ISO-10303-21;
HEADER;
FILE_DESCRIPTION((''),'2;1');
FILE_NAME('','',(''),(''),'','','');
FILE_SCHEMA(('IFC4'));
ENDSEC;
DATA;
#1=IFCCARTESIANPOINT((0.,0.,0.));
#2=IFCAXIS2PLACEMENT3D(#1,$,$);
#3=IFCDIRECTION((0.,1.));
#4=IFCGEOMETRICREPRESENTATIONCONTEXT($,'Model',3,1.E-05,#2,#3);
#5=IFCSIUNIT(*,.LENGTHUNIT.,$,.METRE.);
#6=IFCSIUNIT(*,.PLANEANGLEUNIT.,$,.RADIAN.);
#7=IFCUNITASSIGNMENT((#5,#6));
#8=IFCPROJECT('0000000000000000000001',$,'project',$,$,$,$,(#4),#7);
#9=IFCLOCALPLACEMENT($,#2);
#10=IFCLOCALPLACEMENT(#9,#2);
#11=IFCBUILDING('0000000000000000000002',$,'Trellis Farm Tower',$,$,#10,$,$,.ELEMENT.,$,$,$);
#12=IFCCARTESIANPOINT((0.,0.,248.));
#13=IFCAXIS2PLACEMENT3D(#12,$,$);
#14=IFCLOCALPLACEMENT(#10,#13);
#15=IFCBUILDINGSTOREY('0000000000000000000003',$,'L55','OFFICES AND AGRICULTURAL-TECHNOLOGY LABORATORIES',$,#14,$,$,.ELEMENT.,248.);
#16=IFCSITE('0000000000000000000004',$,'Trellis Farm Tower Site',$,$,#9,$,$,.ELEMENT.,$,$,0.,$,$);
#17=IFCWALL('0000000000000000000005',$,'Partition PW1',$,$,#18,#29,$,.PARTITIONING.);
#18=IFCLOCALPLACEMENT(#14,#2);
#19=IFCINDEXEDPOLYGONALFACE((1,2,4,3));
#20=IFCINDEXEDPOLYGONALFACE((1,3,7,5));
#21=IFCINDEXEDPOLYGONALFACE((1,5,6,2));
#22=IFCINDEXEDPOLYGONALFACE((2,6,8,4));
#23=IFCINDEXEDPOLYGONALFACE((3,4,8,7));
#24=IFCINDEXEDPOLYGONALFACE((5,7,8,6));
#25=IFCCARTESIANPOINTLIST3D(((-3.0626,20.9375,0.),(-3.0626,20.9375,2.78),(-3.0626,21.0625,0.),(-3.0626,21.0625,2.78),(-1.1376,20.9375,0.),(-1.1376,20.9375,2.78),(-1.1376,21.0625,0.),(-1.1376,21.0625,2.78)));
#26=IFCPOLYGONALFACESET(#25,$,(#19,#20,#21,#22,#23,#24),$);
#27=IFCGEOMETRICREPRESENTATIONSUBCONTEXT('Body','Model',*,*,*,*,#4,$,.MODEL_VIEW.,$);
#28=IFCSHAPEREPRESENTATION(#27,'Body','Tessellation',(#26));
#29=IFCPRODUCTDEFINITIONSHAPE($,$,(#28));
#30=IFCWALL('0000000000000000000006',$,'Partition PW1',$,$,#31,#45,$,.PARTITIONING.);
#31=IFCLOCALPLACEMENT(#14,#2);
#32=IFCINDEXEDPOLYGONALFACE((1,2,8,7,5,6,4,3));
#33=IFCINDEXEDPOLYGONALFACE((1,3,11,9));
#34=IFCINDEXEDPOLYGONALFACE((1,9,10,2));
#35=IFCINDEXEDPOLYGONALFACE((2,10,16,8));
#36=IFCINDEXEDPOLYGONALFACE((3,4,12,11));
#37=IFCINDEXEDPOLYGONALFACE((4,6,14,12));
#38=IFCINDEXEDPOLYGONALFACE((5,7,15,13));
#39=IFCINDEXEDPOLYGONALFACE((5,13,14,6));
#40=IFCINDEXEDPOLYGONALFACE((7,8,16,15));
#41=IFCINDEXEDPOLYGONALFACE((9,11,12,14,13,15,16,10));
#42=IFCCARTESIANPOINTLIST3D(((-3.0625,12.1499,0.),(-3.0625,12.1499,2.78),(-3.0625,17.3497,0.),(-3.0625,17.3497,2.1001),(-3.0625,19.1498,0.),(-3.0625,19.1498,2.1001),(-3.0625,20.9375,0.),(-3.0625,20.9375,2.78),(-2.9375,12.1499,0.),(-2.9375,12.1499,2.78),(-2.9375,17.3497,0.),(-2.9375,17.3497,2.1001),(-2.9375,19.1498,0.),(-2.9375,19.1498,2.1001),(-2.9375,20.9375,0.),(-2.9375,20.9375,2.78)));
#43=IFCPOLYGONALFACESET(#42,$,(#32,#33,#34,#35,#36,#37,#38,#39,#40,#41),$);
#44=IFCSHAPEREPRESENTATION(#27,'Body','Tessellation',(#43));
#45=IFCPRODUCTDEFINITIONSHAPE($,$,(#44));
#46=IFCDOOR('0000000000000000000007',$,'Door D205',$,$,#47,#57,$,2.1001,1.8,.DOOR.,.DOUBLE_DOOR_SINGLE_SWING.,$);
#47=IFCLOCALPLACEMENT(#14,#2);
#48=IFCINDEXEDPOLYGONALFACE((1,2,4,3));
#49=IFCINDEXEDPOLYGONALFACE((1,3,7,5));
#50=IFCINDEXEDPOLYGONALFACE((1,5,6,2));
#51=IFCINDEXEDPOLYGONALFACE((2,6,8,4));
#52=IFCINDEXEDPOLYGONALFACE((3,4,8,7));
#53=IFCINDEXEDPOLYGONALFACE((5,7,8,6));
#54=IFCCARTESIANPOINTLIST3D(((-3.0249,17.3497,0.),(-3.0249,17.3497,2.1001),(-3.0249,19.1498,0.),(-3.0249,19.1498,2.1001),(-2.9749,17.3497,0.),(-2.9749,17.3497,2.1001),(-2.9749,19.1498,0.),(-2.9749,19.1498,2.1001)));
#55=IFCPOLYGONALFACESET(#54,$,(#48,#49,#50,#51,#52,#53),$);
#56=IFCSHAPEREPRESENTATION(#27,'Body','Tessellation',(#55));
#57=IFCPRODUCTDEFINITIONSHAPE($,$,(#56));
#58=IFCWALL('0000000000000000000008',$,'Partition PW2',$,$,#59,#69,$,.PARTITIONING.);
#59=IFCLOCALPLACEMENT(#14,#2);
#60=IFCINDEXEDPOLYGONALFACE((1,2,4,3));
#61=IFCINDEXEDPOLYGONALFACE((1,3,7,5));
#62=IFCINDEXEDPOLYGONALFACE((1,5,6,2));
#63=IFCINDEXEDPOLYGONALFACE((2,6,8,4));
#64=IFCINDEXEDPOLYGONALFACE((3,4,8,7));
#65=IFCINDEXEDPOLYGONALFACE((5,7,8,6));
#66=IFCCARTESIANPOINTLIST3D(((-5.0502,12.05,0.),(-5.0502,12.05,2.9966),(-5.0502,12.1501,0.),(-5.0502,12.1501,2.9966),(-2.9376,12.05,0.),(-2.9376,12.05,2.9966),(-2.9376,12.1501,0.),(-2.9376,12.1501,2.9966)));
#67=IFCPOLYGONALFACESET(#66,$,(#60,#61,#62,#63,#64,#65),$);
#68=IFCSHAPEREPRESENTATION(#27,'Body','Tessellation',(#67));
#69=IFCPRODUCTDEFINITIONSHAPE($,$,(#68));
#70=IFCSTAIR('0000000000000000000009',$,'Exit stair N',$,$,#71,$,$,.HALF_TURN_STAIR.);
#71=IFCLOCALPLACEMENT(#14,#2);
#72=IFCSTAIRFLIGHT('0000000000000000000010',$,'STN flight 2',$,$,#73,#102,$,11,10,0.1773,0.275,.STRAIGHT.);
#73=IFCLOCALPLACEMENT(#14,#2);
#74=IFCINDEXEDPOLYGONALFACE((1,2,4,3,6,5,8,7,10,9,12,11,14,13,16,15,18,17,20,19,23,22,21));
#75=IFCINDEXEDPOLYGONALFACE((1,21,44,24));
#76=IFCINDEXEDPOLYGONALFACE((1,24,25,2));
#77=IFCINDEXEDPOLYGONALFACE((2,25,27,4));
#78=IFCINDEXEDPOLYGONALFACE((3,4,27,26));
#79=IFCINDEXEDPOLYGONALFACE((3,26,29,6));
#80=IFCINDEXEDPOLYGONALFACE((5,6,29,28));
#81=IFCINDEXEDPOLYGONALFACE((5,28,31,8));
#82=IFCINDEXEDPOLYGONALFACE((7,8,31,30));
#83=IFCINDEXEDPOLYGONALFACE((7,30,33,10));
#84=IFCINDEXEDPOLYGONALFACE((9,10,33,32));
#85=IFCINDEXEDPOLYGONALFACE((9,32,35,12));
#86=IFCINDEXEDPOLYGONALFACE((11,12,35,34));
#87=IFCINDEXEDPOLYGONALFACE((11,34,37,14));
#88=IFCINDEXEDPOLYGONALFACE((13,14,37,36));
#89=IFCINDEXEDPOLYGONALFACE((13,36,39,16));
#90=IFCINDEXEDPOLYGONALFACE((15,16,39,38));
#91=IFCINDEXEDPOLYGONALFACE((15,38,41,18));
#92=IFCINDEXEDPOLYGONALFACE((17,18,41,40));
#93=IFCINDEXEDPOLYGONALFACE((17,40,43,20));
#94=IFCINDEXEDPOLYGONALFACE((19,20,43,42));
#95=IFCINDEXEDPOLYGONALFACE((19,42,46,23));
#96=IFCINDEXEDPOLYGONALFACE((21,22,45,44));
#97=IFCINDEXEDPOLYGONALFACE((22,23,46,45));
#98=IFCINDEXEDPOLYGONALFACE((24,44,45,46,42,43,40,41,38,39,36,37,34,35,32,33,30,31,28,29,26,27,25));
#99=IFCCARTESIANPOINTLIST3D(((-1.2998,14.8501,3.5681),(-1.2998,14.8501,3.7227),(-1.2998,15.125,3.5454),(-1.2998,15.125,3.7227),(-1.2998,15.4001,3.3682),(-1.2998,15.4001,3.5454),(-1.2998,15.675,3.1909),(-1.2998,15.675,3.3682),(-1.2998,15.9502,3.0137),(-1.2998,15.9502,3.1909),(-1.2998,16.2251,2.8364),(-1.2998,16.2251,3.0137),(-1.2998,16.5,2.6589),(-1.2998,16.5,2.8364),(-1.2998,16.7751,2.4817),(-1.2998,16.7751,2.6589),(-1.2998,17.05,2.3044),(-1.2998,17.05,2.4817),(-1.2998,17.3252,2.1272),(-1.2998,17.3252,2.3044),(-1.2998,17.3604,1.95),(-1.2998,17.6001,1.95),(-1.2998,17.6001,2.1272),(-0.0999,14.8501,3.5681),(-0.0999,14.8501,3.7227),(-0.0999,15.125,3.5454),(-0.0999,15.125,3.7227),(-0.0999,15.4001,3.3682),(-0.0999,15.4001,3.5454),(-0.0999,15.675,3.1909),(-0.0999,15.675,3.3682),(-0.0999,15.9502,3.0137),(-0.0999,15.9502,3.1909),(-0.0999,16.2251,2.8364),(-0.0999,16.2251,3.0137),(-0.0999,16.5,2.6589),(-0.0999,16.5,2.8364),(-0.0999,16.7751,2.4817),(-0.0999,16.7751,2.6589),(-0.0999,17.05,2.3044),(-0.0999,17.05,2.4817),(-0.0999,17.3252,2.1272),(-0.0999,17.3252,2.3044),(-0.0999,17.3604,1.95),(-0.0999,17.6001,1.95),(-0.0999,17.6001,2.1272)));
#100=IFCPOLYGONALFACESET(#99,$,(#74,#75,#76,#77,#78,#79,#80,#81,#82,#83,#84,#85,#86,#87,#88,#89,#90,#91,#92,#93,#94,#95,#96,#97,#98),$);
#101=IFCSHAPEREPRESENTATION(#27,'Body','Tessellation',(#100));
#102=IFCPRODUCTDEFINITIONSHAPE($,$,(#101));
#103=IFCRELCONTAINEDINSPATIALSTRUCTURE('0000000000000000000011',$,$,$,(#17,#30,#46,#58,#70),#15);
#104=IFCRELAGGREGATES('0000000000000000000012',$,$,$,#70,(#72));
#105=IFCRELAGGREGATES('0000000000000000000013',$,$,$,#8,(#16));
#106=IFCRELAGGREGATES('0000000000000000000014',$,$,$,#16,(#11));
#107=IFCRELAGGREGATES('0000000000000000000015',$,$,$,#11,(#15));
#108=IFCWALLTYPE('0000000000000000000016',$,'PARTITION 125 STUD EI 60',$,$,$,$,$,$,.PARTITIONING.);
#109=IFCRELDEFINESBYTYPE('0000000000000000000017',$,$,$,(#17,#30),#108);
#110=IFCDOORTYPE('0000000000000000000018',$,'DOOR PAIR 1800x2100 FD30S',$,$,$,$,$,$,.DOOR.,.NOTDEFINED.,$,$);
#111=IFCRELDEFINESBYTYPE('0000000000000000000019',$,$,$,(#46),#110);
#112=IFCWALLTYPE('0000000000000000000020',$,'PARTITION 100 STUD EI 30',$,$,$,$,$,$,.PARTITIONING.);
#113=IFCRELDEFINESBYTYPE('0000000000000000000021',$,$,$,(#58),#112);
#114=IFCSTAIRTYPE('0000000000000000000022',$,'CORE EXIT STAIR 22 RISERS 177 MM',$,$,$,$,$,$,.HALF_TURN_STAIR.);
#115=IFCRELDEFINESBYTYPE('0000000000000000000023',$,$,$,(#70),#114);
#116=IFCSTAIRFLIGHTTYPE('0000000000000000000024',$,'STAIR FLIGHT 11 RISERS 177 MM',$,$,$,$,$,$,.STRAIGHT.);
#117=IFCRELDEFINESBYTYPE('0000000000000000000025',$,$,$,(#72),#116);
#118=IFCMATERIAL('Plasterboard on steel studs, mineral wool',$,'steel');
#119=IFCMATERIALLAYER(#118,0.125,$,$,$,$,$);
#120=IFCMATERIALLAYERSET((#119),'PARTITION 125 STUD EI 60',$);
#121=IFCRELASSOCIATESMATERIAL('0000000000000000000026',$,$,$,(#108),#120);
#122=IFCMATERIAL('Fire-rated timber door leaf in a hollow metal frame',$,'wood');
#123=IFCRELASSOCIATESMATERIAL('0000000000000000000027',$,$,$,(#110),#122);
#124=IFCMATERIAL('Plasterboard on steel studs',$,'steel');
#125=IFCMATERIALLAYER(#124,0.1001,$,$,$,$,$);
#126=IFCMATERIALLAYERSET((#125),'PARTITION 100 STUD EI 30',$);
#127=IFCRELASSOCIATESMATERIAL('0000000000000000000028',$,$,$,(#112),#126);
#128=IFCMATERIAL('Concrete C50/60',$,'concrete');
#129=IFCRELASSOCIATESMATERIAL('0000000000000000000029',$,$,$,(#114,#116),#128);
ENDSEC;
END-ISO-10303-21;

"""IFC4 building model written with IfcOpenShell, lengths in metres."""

from ifc_helpers import new_model, si_unit, direction, frame, frame_2d, origin, place, context, subcontext, project, spatial, polyline, rectangle, outline, extrude, source, transform, mapped, material, layer, layer_set, type_object, element, fill, aggregate, save


model = new_model("IFC4")

# Units and contexts
model_context = context("Model", 3, precision=1e-05, world=origin(), true_north=direction((0.0, 1.0)))
body_context = subcontext(model_context, "Body", "Model", "MODEL_VIEW")
ifc_project = project(units=[si_unit("LENGTHUNIT", "METRE"), si_unit("PLANEANGLEUNIT", "RADIAN")], contexts=[model_context])

# Site, building, storey
site_placement = place(None, origin())
site = spatial("IfcSite", under=ifc_project, at=site_placement, Name="Trellis Farm Tower Site", CompositionType="ELEMENT", RefElevation=0.0)
building_placement = place(site_placement, origin())
building = spatial("IfcBuilding", under=site, at=building_placement, Name="Trellis Farm Tower", CompositionType="ELEMENT")
storey_placement = place(building_placement, frame((0.0, 0.0, 248.0)))
storey = spatial("IfcBuildingStorey", under=building, at=storey_placement, Name="L55", Description="OFFICES AND AGRICULTURAL-TECHNOLOGY LABORATORIES", CompositionType="ELEMENT", Elevation=248.0)

# Shared definitions
placement_1 = place(storey_placement, origin())

# Shared definitions
ifc_material_1 = material(Name="Plasterboard on steel studs, mineral wool", Category="steel")
ifc_layer_1 = layer(ifc_material_1, 0.125)
ifc_layer_set_1 = layer_set([ifc_layer_1], Name="PARTITION 125 STUD EI 60")
wall_type_1 = type_object("IfcWallType", Name="PARTITION 125 STUD EI 60", PredefinedType="PARTITIONING", material=ifc_layer_set_1)
ifc_material_2 = material(Name="Fire-rated timber door leaf in a hollow metal frame", Category="wood")

# Wall
shared_shape_1 = source(origin(), body_context, "Body", "SweptSolid", [
    extrude(rectangle(XDim=1.925, YDim=0.125, at=frame_2d((0.9624, 0.0))), origin(), (0.0, 0.0, 1.0), 2.78),
])
wall_1_placement = place(storey_placement, frame((-3.0625, 21.0, 0.0), z_axis=(0.0, 0.0, 1.0), x_axis=(1.0, 0.0, 0.0)))
element("IfcWall", 1, at=wall_1_placement, inside=storey, type_object=wall_type_1, Name="Partition PW1", PredefinedType="PARTITIONING", context=body_context, shape_type="MappedRepresentation", body=[
    mapped(shared_shape_1, transform((0.0, 0.0, 0.0))),
])

# Wall, opening, door
shared_shape_2 = source(origin(), body_context, "Body", "SweptSolid", [
    extrude(rectangle(XDim=8.7876, YDim=0.125, at=frame_2d((4.3938, 0.0))), origin(), (0.0, 0.0, 1.0), 2.78),
])
wall_2_placement = place(storey_placement, frame((-3.0, 12.1499, 0.0), z_axis=(0.0, 0.0, 1.0), x_axis=(0.0, 1.0, 0.0)))
wall_2 = element("IfcWall", 2, at=wall_2_placement, inside=storey, type_object=wall_type_1, Name="Partition PW1", PredefinedType="PARTITIONING", context=body_context, shape_type="MappedRepresentation", body=[
    mapped(shared_shape_2, transform((0.0, 0.0, 0.0))),
])
shared_shape_3 = source(origin(), body_context, "Body", "SweptSolid", [
    extrude(rectangle(XDim=1.8, YDim=2.1001, at=frame_2d((0.8999, 1.05))), frame((0.0, 0.0725, 0.0), z_axis=(0.0, -1.0, 0.0), x_axis=(1.0, 0.0, 0.0)), (0.0, 0.0, 1.0), 0.145),
])
opening_1_placement = place(wall_2_placement, frame((5.2, 0.0, 0.0)))
opening_1 = element("IfcOpeningElement", 3, at=opening_1_placement, cuts=wall_2, PredefinedType="OPENING", context=body_context, shape_type="MappedRepresentation", body=[
    mapped(shared_shape_3, transform((0.0, 0.0, 0.0))),
])
door_type_1 = type_object("IfcDoorType", Name="DOOR PAIR 1800x2100 FD30S", OperationType="NOTDEFINED", PredefinedType="DOOR", material=ifc_material_2)
shared_shape_4 = source(origin(), body_context, "Body", "SweptSolid", [
    extrude(rectangle(XDim=1.8, YDim=2.1001, at=frame_2d((0.8999, 1.05))), frame((0.0, 0.0249, 0.0), z_axis=(0.0, -1.0, 0.0), x_axis=(1.0, 0.0, 0.0)), (0.0, 0.0, 1.0), 0.05),
])
door_1_placement = place(opening_1_placement, origin())
door_1 = element("IfcDoor", 4, at=door_1_placement, inside=storey, type_object=door_type_1, Name="Door D205", OperationType="DOUBLE_DOOR_SINGLE_SWING", OverallHeight=2.1001, OverallWidth=1.8, PredefinedType="DOOR", context=body_context, shape_type="MappedRepresentation", body=[
    mapped(shared_shape_4, transform((0.0, 0.0, 0.0))),
])
fill(opening_1, door_1)

# Wall
ifc_material_3 = material(Name="Plasterboard on steel studs", Category="steel")
ifc_layer_2 = layer(ifc_material_3, 0.1001)
ifc_layer_set_2 = layer_set([ifc_layer_2], Name="PARTITION 100 STUD EI 30")
wall_type_2 = type_object("IfcWallType", Name="PARTITION 100 STUD EI 30", PredefinedType="PARTITIONING", material=ifc_layer_set_2)
shared_shape_5 = source(origin(), body_context, "Body", "SweptSolid", [
    extrude(rectangle(XDim=2.1125, YDim=0.1001, at=frame_2d((1.0562, 0.0))), origin(), (0.0, 0.0, 1.0), 2.9966),
])
wall_3_placement = place(storey_placement, frame((-5.05, 12.1001, 0.0), z_axis=(0.0, 0.0, 1.0), x_axis=(1.0, 0.0, 0.0)))
element("IfcWall", 5, at=wall_3_placement, inside=storey, type_object=wall_type_2, Name="Partition PW2", PredefinedType="PARTITIONING", context=body_context, shape_type="MappedRepresentation", body=[
    mapped(shared_shape_5, transform((0.0, 0.0, 0.0))),
])

# Stair, stair flight
ifc_material_4 = material(Name="Concrete C50/60", Category="concrete")
stair_type = type_object("IfcStairType", Name="CORE EXIT STAIR 22 RISERS 177 MM", PredefinedType="HALF_TURN_STAIR", material=ifc_material_4)
stair = element("IfcStair", 6, at=placement_1, inside=storey, type_object=stair_type, Name="Exit stair N", PredefinedType="HALF_TURN_STAIR")
stair_flight_type = type_object("IfcStairFlightType", Name="STAIR FLIGHT 11 RISERS 177 MM", PredefinedType="STRAIGHT", material=ifc_material_4)
shared_shape_6 = source(origin(), body_context, "Body", "SweptSolid", [
    extrude(outline(polyline([(0.0, 0.0), (0.0, 0.1772), (0.2749, 0.1772), (0.2749, 0.3545), (0.55, 0.3545), (0.55, 0.5317), (0.825, 0.5317), (0.825, 0.709), (1.1001, 0.709), (1.1001, 0.8865), (1.375, 0.8865), (1.375, 1.0637), (1.6499, 1.0637), (1.6499, 1.241), (1.925, 1.241), (1.925, 1.4182), (2.2, 1.4182), (2.2, 1.5955), (2.4751, 1.5955), (2.4751, 1.7727), (2.75, 1.7727), (2.75, 1.95), (2.75, 1.6182), (0.2397, 0.0), (0.0, 0.0)])), frame((0.0, 0.6001, 0.0), z_axis=(0.0, -1.0, 0.0), x_axis=(1.0, 0.0, 0.0)), (0.0, 0.0, 1.0), 1.2),
])
stair_flight_placement = place(storey_placement, frame((-0.7, 17.6001, 1.95), z_axis=(0.0, 0.0, 1.0), x_axis=(0.0, -1.0, 0.0)))
stair_flight = element("IfcStairFlight", 7, at=stair_flight_placement, type_object=stair_flight_type, Name="STN flight 2", NumberOfRisers=11, NumberOfTreads=10, PredefinedType="STRAIGHT", RiserHeight=0.1773, TreadLength=0.275, context=body_context, shape_type="MappedRepresentation", body=[
    mapped(shared_shape_6, transform((0.0, 0.0, 0.0))),
])
aggregate(stair, [stair_flight])

save(model, "model.ifc")
